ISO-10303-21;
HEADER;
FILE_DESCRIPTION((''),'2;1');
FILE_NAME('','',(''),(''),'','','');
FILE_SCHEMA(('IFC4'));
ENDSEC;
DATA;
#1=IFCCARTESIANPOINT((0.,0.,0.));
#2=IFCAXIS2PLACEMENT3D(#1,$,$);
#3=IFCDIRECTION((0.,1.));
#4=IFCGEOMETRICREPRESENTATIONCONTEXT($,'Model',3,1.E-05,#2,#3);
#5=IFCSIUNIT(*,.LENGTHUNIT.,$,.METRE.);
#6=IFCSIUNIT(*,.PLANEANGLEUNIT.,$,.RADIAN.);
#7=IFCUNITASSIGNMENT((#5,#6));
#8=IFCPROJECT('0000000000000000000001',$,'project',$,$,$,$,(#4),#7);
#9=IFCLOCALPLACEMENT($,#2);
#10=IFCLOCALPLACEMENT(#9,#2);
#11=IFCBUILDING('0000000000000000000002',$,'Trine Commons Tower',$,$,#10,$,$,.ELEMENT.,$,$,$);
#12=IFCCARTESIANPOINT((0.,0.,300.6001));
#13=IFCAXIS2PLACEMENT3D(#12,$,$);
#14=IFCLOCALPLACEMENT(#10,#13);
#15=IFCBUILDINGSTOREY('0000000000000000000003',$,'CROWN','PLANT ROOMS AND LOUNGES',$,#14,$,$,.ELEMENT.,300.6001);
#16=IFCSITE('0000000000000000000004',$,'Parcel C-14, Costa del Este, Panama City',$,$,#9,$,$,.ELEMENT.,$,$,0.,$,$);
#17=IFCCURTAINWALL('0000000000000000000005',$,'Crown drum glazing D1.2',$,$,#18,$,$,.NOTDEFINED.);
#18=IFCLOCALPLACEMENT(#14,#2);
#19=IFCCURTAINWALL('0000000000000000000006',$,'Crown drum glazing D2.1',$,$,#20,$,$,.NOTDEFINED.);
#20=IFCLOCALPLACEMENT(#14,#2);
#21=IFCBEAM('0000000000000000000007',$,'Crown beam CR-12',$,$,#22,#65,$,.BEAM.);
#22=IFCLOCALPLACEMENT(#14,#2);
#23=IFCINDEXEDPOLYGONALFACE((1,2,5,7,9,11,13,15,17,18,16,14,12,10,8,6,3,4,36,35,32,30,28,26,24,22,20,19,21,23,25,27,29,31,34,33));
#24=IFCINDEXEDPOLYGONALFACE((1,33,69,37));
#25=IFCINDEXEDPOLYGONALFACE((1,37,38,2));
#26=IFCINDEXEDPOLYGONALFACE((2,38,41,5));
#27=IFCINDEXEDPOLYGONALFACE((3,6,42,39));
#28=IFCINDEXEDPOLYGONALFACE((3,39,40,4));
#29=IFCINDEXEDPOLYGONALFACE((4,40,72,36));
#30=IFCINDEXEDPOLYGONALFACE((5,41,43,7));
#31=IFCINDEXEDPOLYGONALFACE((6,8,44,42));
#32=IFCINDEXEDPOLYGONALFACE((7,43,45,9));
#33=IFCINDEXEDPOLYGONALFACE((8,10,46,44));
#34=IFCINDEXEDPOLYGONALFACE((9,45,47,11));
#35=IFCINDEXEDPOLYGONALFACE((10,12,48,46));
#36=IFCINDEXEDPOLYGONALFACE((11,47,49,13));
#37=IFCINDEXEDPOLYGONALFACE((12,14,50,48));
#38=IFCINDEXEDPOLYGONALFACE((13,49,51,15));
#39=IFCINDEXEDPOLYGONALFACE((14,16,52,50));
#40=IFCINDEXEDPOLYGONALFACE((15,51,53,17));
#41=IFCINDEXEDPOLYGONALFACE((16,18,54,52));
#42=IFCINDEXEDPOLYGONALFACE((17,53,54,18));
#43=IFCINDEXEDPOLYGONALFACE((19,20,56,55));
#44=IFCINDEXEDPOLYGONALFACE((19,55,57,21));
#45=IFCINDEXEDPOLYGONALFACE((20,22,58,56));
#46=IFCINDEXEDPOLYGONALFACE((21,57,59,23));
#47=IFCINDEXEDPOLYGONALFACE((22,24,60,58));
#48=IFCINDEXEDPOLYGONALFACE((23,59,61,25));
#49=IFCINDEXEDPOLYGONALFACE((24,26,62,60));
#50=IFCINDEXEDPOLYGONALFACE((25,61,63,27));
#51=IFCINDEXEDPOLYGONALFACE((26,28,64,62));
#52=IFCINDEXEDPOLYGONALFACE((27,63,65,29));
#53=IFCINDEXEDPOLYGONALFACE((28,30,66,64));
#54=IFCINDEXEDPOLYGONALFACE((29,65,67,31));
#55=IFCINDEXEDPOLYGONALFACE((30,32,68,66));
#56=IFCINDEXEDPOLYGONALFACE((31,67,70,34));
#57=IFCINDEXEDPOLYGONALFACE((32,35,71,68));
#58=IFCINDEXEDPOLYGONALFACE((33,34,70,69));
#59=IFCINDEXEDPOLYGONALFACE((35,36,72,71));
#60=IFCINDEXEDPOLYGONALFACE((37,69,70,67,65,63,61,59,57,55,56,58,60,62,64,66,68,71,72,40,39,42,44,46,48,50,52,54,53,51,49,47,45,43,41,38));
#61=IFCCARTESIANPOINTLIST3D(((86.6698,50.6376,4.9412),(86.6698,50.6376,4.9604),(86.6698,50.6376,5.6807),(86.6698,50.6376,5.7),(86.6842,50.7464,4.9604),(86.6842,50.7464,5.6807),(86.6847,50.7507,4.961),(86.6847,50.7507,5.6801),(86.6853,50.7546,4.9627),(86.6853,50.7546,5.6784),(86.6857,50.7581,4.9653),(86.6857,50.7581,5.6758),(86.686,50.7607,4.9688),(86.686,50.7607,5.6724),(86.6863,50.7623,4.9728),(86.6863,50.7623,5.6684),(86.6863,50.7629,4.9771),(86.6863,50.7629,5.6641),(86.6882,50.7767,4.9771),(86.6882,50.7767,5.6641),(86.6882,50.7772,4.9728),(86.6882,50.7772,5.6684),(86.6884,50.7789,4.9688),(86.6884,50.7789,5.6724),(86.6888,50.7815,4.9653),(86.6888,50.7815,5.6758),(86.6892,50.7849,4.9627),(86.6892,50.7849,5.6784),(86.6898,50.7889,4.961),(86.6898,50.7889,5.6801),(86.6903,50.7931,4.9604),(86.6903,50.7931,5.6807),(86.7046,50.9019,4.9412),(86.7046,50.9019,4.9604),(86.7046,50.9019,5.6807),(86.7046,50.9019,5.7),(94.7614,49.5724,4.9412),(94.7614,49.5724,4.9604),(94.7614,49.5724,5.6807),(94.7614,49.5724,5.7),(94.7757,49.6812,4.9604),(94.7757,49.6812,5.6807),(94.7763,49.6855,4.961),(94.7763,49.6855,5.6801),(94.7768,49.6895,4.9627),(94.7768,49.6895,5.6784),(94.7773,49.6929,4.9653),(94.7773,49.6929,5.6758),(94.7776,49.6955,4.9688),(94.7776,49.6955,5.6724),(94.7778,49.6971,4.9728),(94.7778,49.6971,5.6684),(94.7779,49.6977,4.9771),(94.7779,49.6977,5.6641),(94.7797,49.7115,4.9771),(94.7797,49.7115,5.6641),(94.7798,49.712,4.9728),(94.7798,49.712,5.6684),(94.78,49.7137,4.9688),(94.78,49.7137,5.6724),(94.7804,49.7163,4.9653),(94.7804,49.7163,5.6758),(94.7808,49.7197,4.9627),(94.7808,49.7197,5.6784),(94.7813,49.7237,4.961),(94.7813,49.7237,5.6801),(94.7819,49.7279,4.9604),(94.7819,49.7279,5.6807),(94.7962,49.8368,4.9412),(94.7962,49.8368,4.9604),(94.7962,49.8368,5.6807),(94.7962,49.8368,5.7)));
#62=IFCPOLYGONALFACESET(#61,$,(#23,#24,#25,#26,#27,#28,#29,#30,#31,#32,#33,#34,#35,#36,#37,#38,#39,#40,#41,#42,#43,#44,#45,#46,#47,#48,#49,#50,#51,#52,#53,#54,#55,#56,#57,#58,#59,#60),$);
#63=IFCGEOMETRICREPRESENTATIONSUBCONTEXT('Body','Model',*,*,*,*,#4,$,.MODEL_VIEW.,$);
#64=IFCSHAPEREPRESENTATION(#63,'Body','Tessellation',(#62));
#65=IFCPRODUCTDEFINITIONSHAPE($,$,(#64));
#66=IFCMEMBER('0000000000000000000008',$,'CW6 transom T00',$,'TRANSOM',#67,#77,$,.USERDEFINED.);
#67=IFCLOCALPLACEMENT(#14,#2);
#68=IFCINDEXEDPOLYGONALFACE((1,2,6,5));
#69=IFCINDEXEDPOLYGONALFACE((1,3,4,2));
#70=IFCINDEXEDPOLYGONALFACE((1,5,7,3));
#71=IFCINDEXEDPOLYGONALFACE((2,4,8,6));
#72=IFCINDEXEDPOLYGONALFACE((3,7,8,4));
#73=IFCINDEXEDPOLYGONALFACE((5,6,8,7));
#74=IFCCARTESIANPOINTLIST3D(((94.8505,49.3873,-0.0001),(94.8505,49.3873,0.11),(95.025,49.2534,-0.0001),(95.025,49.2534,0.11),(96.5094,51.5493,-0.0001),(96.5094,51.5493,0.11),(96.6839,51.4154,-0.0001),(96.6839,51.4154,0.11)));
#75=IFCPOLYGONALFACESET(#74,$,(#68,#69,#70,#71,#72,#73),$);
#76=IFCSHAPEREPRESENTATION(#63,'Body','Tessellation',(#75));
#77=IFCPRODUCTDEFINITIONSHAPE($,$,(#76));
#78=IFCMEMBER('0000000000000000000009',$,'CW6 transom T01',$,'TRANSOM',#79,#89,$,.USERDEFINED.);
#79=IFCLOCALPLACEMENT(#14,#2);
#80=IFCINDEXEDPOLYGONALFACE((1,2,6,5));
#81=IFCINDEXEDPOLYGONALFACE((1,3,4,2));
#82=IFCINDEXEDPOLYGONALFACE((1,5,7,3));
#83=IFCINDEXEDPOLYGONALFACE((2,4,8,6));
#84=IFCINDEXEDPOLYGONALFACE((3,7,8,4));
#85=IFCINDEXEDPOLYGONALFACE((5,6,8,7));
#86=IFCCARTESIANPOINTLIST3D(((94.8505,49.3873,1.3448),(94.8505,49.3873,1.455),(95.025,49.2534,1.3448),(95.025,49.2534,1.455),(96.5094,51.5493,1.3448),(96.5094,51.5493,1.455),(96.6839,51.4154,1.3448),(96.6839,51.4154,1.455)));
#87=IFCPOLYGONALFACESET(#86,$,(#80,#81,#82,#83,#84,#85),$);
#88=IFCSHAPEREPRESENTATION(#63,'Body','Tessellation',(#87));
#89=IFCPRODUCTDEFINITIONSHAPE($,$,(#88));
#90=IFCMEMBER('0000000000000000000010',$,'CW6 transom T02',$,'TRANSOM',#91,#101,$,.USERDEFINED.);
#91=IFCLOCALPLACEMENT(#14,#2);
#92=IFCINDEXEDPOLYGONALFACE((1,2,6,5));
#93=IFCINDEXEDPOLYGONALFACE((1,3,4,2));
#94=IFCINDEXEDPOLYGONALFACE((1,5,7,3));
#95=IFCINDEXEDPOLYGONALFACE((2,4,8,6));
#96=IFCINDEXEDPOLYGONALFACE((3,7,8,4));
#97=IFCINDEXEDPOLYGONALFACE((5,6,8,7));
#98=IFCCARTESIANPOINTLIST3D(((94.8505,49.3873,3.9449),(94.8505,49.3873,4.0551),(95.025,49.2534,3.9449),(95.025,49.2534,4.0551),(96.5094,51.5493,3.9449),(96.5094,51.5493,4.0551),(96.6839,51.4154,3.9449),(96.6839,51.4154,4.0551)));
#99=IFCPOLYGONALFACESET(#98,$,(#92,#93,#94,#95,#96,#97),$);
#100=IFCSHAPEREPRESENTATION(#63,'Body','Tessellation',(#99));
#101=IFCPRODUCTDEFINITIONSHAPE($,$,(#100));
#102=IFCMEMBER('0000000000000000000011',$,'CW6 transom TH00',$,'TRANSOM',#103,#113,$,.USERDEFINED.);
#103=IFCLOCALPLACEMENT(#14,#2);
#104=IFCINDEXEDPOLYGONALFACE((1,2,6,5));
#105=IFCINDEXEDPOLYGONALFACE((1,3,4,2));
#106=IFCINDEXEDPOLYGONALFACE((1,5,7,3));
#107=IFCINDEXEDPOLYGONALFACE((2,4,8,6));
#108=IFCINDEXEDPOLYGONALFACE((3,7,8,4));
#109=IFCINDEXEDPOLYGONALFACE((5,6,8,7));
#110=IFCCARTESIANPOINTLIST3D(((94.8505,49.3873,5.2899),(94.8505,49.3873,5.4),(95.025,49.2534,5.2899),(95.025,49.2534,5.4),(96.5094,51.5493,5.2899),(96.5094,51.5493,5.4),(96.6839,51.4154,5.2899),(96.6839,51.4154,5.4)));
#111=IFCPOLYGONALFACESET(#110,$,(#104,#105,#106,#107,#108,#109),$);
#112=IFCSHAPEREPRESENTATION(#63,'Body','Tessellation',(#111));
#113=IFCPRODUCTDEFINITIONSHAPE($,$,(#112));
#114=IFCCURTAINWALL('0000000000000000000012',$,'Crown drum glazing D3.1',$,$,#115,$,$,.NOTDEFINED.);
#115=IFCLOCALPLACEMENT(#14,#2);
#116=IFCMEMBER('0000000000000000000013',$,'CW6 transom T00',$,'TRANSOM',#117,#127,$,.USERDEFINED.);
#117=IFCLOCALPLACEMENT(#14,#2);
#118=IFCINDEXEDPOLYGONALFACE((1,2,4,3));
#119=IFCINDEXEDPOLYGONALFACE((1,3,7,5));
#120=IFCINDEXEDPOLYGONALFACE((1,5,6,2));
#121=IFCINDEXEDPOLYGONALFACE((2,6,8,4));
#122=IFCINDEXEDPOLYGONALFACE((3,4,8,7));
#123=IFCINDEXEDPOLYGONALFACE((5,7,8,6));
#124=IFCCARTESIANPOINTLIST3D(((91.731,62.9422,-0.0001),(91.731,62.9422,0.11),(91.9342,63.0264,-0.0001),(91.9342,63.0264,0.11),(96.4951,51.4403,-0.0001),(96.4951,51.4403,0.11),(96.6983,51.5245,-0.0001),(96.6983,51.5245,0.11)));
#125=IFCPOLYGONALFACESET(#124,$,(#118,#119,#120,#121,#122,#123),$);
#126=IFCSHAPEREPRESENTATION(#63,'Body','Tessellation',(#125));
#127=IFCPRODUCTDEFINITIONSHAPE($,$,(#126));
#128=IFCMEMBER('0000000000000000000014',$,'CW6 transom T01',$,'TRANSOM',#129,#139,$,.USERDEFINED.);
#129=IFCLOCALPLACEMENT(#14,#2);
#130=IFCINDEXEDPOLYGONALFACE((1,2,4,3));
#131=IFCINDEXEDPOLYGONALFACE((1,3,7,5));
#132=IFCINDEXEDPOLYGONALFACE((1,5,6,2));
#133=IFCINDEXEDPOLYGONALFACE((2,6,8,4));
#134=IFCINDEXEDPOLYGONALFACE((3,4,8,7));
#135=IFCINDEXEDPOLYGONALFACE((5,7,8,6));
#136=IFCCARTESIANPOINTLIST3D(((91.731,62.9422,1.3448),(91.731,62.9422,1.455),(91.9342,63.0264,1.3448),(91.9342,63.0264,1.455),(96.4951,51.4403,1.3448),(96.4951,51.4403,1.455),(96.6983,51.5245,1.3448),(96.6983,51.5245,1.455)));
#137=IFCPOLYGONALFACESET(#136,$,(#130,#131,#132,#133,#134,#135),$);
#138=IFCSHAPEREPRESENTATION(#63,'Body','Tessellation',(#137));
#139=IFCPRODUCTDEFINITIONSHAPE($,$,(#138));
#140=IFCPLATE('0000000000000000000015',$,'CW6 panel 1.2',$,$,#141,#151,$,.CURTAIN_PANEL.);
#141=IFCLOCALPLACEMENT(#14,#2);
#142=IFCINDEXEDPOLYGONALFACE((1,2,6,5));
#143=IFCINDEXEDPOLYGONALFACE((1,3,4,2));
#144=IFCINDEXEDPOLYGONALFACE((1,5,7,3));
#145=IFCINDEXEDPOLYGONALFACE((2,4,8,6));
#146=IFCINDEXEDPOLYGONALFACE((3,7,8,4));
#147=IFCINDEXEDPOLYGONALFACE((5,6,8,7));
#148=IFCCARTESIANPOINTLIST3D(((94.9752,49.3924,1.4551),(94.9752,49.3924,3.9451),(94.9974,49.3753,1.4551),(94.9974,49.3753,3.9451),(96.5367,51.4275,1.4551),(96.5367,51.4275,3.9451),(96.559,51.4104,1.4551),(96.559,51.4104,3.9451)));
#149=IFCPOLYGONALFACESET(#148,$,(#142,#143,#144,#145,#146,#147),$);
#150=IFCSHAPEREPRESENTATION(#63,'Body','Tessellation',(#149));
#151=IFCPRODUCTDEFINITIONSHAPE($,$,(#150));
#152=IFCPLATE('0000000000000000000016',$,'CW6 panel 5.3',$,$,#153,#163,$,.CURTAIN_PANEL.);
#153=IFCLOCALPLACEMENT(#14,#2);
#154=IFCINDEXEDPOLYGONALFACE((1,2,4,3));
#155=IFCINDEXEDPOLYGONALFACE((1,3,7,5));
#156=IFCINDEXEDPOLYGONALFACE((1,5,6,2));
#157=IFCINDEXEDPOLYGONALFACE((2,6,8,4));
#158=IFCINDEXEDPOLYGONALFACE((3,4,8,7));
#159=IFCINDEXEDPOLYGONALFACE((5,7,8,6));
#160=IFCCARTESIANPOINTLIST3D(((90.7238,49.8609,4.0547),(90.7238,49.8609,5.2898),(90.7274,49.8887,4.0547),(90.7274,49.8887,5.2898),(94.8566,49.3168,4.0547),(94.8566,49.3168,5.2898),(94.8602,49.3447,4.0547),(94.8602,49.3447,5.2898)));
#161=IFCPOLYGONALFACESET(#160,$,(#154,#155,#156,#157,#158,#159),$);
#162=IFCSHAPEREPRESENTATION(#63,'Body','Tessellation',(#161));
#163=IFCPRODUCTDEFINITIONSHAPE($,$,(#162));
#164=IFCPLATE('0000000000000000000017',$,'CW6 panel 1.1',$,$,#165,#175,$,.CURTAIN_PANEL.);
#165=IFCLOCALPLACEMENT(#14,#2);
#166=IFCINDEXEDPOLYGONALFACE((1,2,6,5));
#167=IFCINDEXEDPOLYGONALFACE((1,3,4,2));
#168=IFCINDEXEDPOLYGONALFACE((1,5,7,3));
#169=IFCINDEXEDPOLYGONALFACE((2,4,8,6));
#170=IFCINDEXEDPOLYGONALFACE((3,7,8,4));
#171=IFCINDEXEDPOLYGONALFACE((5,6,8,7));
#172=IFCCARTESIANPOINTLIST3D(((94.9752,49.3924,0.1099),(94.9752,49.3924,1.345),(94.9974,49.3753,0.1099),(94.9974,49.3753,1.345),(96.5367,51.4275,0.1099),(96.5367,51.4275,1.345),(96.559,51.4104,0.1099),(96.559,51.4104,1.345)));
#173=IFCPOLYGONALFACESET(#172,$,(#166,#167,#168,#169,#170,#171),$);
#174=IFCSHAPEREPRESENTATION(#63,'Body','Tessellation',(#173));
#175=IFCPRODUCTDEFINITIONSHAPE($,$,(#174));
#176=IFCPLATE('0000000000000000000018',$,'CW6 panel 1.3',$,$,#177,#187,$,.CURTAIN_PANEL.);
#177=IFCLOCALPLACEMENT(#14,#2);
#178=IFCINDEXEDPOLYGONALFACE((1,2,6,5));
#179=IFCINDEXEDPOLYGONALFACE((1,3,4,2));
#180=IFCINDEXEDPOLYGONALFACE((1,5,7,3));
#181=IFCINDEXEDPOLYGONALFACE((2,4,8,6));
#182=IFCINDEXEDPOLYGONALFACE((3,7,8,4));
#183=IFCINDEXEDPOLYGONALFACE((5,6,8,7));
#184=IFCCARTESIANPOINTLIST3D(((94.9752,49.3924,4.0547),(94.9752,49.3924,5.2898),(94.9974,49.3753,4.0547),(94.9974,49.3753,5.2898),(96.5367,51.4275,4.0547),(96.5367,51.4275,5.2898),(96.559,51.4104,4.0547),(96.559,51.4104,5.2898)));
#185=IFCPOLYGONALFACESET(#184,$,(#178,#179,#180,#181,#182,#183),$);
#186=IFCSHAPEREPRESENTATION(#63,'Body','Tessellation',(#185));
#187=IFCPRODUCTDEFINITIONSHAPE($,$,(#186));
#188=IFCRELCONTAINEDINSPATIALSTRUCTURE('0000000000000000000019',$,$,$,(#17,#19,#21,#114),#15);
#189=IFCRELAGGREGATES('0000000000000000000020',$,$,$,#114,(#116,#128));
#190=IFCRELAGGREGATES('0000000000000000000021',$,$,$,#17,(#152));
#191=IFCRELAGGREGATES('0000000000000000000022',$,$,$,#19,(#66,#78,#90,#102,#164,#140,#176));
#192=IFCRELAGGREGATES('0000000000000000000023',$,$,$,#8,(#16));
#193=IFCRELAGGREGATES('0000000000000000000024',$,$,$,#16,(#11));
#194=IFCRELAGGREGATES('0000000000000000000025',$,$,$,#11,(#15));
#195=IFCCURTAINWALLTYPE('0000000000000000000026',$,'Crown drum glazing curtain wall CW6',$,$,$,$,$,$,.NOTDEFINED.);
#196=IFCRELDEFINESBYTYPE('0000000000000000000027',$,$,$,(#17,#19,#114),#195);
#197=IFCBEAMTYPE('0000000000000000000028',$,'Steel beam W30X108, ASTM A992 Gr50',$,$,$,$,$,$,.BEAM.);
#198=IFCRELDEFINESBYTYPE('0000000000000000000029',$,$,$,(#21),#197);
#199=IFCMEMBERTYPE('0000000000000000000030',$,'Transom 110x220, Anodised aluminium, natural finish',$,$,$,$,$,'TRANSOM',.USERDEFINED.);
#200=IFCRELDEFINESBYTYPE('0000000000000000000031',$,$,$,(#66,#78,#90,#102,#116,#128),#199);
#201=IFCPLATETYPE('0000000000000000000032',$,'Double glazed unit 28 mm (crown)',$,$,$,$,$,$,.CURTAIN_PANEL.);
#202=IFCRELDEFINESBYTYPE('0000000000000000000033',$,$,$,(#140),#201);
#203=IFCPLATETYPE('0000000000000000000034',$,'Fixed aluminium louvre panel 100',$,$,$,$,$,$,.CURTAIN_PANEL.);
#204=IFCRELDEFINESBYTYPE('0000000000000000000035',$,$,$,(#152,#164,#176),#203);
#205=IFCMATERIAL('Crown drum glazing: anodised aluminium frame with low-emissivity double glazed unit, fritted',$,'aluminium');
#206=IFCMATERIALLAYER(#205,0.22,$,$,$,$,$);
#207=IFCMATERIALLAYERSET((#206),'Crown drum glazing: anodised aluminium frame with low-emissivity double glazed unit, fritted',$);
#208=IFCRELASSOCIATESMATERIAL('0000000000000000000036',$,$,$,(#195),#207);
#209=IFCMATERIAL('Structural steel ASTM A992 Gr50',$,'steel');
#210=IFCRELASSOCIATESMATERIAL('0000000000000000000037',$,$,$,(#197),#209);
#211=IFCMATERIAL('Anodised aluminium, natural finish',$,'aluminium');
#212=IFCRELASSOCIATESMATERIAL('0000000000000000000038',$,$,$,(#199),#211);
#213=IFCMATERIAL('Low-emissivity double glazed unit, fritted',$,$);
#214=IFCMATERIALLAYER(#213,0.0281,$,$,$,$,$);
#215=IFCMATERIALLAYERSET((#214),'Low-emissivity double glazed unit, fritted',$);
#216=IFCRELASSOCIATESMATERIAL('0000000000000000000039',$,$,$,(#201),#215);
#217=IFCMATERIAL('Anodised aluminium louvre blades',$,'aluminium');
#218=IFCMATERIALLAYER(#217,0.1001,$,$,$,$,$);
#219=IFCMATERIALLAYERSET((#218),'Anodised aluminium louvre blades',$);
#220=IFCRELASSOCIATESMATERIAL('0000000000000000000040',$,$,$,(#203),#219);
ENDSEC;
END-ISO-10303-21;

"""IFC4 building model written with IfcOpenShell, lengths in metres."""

from ifc_helpers import new_model, si_unit, direction, frame, origin, origin_2d, place, context, subcontext, project, spatial, rectangle, i_section, extrude, material, layer, layer_set, material_profile, profile_set, type_object, element, aggregate, save


model = new_model("IFC4")

# Units and contexts
model_context = context("Model", 3, precision=1e-05, world=origin(), true_north=direction((0.0, 1.0)))
body_context = subcontext(model_context, "Body", "Model", "MODEL_VIEW")
ifc_project = project(units=[si_unit("LENGTHUNIT", "METRE"), si_unit("PLANEANGLEUNIT", "RADIAN")], contexts=[model_context])

# Site, building, storey
site_placement = place(None, origin())
site = spatial("IfcSite", under=ifc_project, at=site_placement, Name="Parcel C-14, Costa del Este, Panama City", CompositionType="ELEMENT", RefElevation=0.0)
building_placement = place(site_placement, origin())
building = spatial("IfcBuilding", under=site, at=building_placement, Name="Trine Commons Tower", CompositionType="ELEMENT")
storey_placement = place(building_placement, frame((0.0, 0.0, 300.6001)))
storey = spatial("IfcBuildingStorey", under=building, at=storey_placement, Name="CROWN", Description="PLANT ROOMS AND LOUNGES", CompositionType="ELEMENT", Elevation=300.6001)

# Shared definitions
ifc_material_1 = material(Name="Structural steel ASTM A992 Gr50", Category="steel")

# Curtain walls
ifc_material_2 = material(Name="Crown drum glazing: anodised aluminium frame with low-emissivity double glazed unit, fritted", Category="aluminium")
ifc_layer_1 = layer(ifc_material_2, 0.22)
ifc_layer_set_1 = layer_set([ifc_layer_1], Name="Crown drum glazing: anodised aluminium frame with low-emissivity double glazed unit, fritted")
curtain_wall_type = type_object("IfcCurtainWallType", Name="Crown drum glazing curtain wall CW6", PredefinedType="NOTDEFINED", material=ifc_layer_set_1)
curtain_wall_1_placement = place(storey_placement, origin())
curtain_wall_1 = element("IfcCurtainWall", 1, at=curtain_wall_1_placement, inside=storey, type_object=curtain_wall_type, Name="Crown drum glazing D1.2", PredefinedType="NOTDEFINED")
ifc_material_3 = material(Name="Anodised aluminium, natural finish", Category="aluminium")
curtain_wall_2_placement = place(storey_placement, origin())
curtain_wall_2 = element("IfcCurtainWall", 2, at=curtain_wall_2_placement, inside=storey, type_object=curtain_wall_type, Name="Crown drum glazing D2.1", PredefinedType="NOTDEFINED")

# Beam
ifc_material_profile_1 = material_profile(ifc_material_1, i_section(OverallWidth=0.2666, OverallDepth=0.7588, WebThickness=0.0139, FlangeThickness=0.0193, FilletRadius=0.0166, at=origin_2d()), Name="W30X108")
ifc_profile_set_1 = profile_set([ifc_material_profile_1], Name="Structural steel ASTM A992 Gr50")
beam_type_1 = type_object("IfcBeamType", Name="Steel beam W30X108, ASTM A992 Gr50", PredefinedType="BEAM", material=ifc_profile_set_1)
beam_1_placement = place(storey_placement, frame((94.7788, 49.7046, 5.3206), z_axis=(-0.991446, 0.130516, 0.0), x_axis=(-0.130516, -0.991446, 0.0)))
element("IfcBeam", 3, at=beam_1_placement, inside=storey, type_object=beam_type_1, Name="Crown beam CR-12", PredefinedType="BEAM", context=body_context, shape_type="SweptSolid", body=[
    extrude(i_section(OverallWidth=0.2666, OverallDepth=0.7588, WebThickness=0.0139, FlangeThickness=0.0193, FilletRadius=0.0166, at=origin_2d()), origin(), (0.0, 0.0, 1.0), 8.1614),
])

# Members
ifc_material_profile_2 = material_profile(ifc_material_3, rectangle(XDim=0.22, YDim=0.1101, at=origin_2d()), Name="Transom 110x220")
ifc_profile_set_2 = profile_set([ifc_material_profile_2], Name="Anodised aluminium, natural finish")
member_type_1 = type_object("IfcMemberType", Name="Transom 110x220, Anodised aluminium, natural finish", ElementType="TRANSOM", PredefinedType="USERDEFINED", material=ifc_profile_set_2)
member_1_placement = place(storey_placement, frame((94.9377, 49.3203, 0.0549), z_axis=(0.608736, 0.793373, 0.0), x_axis=(-0.793373, 0.608736, 0.0)))
member_1 = element("IfcMember", 4, at=member_1_placement, type_object=member_type_1, Name="CW6 transom T00", ObjectType="TRANSOM", PredefinedType="USERDEFINED", context=body_context, shape_type="SweptSolid", body=[
    extrude(rectangle(XDim=0.22, YDim=0.1101, at=origin_2d()), origin(), (0.0, 0.0, 1.0), 2.7251),
])
member_2_placement = place(storey_placement, frame((94.9377, 49.3203, 1.3999), z_axis=(0.608736, 0.793373, 0.0), x_axis=(-0.793373, 0.608736, 0.0)))
member_2 = element("IfcMember", 5, at=member_2_placement, type_object=member_type_1, Name="CW6 transom T01", ObjectType="TRANSOM", PredefinedType="USERDEFINED", context=body_context, shape_type="SweptSolid", body=[
    extrude(rectangle(XDim=0.22, YDim=0.1101, at=origin_2d()), origin(), (0.0, 0.0, 1.0), 2.7251),
])
member_3_placement = place(storey_placement, frame((94.9377, 49.3203, 4.0), z_axis=(0.608736, 0.793373, 0.0), x_axis=(-0.793373, 0.608736, 0.0)))
member_3 = element("IfcMember", 6, at=member_3_placement, type_object=member_type_1, Name="CW6 transom T02", ObjectType="TRANSOM", PredefinedType="USERDEFINED", context=body_context, shape_type="SweptSolid", body=[
    extrude(rectangle(XDim=0.22, YDim=0.1101, at=origin_2d()), origin(), (0.0, 0.0, 1.0), 2.7251),
])
member_4_placement = place(storey_placement, frame((94.9377, 49.3203, 5.345), z_axis=(0.608736, 0.793373, 0.0), x_axis=(-0.793373, 0.608736, 0.0)))
member_4 = element("IfcMember", 7, at=member_4_placement, type_object=member_type_1, Name="CW6 transom TH00", ObjectType="TRANSOM", PredefinedType="USERDEFINED", context=body_context, shape_type="SweptSolid", body=[
    extrude(rectangle(XDim=0.22, YDim=0.1101, at=origin_2d()), origin(), (0.0, 0.0, 1.0), 2.7251),
])

# Curtain wall, members
curtain_wall_3_placement = place(storey_placement, origin())
curtain_wall_3 = element("IfcCurtainWall", 8, at=curtain_wall_3_placement, inside=storey, type_object=curtain_wall_type, Name="Crown drum glazing D3.1", PredefinedType="NOTDEFINED")
member_5_placement = place(storey_placement, frame((96.5967, 51.4824, 0.0549), z_axis=(-0.382676, 0.923883, 0.0), x_axis=(-0.923883, -0.382676, 0.0)))
member_5 = element("IfcMember", 9, at=member_5_placement, type_object=member_type_1, Name="CW6 transom T00", ObjectType="TRANSOM", PredefinedType="USERDEFINED", context=body_context, shape_type="SweptSolid", body=[
    extrude(rectangle(XDim=0.22, YDim=0.1101, at=origin_2d()), origin(), (0.0, 0.0, 1.0), 12.4495),
])
member_6_placement = place(storey_placement, frame((96.5967, 51.4824, 1.3999), z_axis=(-0.382676, 0.923883, 0.0), x_axis=(-0.923883, -0.382676, 0.0)))
member_6 = element("IfcMember", 10, at=member_6_placement, type_object=member_type_1, Name="CW6 transom T01", ObjectType="TRANSOM", PredefinedType="USERDEFINED", context=body_context, shape_type="SweptSolid", body=[
    extrude(rectangle(XDim=0.22, YDim=0.1101, at=origin_2d()), origin(), (0.0, 0.0, 1.0), 12.4495),
])
aggregate(curtain_wall_3, [member_5, member_6])

# Plates
ifc_material_4 = material(Name="Low-emissivity double glazed unit, fritted")
ifc_layer_2 = layer(ifc_material_4, 0.0281)
ifc_layer_set_2 = layer_set([ifc_layer_2], Name="Low-emissivity double glazed unit, fritted")
plate_type_1 = type_object("IfcPlateType", Name="Double glazed unit 28 mm (crown)", PredefinedType="CURTAIN_PANEL", material=ifc_layer_set_2)
plate_1_placement = place(storey_placement, frame((95.7671, 50.4014, 1.4551), z_axis=(0.0, 0.0, 1.0), x_axis=(0.608761, 0.793353, 0.0)))
plate_1 = element("IfcPlate", 11, at=plate_1_placement, type_object=plate_type_1, Name="CW6 panel 1.2", PredefinedType="CURTAIN_PANEL", context=body_context, shape_type="SweptSolid", body=[
    extrude(rectangle(XDim=2.5652, YDim=0.0281, at=origin_2d()), origin(), (0.0, 0.0, 1.0), 2.49),
])
ifc_material_5 = material(Name="Anodised aluminium louvre blades", Category="aluminium")
ifc_layer_3 = layer(ifc_material_5, 0.1001)
ifc_layer_set_3 = layer_set([ifc_layer_3], Name="Anodised aluminium louvre blades")
plate_type_2 = type_object("IfcPlateType", Name="Fixed aluminium louvre panel 100", PredefinedType="CURTAIN_PANEL", material=ifc_layer_set_3)
plate_2_placement = place(storey_placement, frame((92.792, 49.6028, 4.0547), z_axis=(0.0, 0.0, 1.0), x_axis=(0.991445, -0.130526, 0.0)))
plate_2 = element("IfcPlate", 12, at=plate_2_placement, type_object=plate_type_2, Name="CW6 panel 5.3", PredefinedType="CURTAIN_PANEL", context=body_context, shape_type="SweptSolid", body=[
    extrude(rectangle(XDim=4.1685, YDim=0.0281, at=origin_2d()), origin(), (0.0, 0.0, 1.0), 1.2351),
])
aggregate(curtain_wall_1, [plate_2])
plate_3_placement = place(storey_placement, frame((95.7671, 50.4014, 0.1099), z_axis=(0.0, 0.0, 1.0), x_axis=(0.608761, 0.793353, 0.0)))
plate_3 = element("IfcPlate", 13, at=plate_3_placement, type_object=plate_type_2, Name="CW6 panel 1.1", PredefinedType="CURTAIN_PANEL", context=body_context, shape_type="SweptSolid", body=[
    extrude(rectangle(XDim=2.5652, YDim=0.0281, at=origin_2d()), origin(), (0.0, 0.0, 1.0), 1.2351),
])
plate_4_placement = place(storey_placement, frame((95.7671, 50.4014, 4.0547), z_axis=(0.0, 0.0, 1.0), x_axis=(0.608761, 0.793353, 0.0)))
plate_4 = element("IfcPlate", 14, at=plate_4_placement, type_object=plate_type_2, Name="CW6 panel 1.3", PredefinedType="CURTAIN_PANEL", context=body_context, shape_type="SweptSolid", body=[
    extrude(rectangle(XDim=2.5652, YDim=0.0281, at=origin_2d()), origin(), (0.0, 0.0, 1.0), 1.2351),
])
aggregate(curtain_wall_2, [member_1, member_2, member_3, member_4, plate_3, plate_1, plate_4])

save(model, "model.ifc")
